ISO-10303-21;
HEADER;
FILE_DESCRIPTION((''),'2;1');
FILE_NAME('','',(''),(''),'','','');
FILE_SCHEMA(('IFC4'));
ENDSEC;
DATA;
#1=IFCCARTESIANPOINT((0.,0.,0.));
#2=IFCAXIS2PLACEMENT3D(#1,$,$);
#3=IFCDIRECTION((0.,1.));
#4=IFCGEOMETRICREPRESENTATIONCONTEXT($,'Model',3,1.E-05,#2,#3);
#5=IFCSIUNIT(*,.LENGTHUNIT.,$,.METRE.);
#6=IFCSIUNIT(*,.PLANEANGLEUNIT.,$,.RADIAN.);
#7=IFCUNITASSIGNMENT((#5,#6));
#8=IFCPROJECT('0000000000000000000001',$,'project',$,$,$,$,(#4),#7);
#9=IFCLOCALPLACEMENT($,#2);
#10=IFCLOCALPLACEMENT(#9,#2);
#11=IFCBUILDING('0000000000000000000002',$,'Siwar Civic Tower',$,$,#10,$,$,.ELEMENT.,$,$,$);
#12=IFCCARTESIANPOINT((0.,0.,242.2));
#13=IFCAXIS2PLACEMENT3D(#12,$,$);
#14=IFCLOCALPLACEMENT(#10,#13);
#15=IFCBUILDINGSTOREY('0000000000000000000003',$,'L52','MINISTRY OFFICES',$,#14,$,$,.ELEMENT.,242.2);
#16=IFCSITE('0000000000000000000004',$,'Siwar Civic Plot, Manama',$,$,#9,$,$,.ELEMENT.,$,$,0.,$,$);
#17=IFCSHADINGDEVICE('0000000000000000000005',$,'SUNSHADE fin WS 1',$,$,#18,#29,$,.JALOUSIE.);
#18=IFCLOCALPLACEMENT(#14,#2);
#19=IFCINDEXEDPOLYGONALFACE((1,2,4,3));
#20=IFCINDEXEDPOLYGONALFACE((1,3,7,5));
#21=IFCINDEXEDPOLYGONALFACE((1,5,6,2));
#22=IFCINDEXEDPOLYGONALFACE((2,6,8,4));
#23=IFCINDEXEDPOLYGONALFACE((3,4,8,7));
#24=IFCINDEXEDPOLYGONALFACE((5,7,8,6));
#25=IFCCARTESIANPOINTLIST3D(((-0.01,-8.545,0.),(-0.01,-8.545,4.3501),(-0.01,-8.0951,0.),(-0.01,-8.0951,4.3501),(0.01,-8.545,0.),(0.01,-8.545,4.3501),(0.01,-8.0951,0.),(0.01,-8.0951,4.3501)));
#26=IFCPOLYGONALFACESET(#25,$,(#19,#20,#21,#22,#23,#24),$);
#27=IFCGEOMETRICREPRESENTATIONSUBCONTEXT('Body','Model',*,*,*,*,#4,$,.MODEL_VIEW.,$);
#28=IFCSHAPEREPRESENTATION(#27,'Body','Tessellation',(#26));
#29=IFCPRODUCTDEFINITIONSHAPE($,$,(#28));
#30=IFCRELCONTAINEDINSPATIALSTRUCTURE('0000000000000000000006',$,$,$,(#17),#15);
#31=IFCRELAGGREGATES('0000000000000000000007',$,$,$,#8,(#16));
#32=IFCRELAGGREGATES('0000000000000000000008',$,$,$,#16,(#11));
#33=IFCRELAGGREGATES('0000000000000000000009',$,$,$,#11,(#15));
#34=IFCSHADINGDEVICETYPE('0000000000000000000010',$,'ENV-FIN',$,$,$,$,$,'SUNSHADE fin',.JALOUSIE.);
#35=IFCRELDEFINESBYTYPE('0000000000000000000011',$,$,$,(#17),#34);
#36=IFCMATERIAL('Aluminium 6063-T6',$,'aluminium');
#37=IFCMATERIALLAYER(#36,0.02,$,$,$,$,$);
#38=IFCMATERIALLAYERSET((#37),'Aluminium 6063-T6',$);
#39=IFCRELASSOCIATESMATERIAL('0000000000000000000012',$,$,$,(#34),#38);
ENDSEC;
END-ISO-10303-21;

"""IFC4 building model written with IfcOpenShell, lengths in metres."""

from ifc_helpers import new_model, si_unit, direction, frame, origin, origin_2d, place, context, subcontext, project, spatial, rectangle, extrude, material, layer, layer_set, type_object, element, save


model = new_model("IFC4")

# Units and contexts
model_context = context("Model", 3, precision=1e-05, world=origin(), true_north=direction((0.0, 1.0)))
body_context = subcontext(model_context, "Body", "Model", "MODEL_VIEW")
ifc_project = project(units=[si_unit("LENGTHUNIT", "METRE"), si_unit("PLANEANGLEUNIT", "RADIAN")], contexts=[model_context])

# Site, building, storey
site_placement = place(None, origin())
site = spatial("IfcSite", under=ifc_project, at=site_placement, Name="Siwar Civic Plot, Manama", CompositionType="ELEMENT", RefElevation=0.0)
building_placement = place(site_placement, origin())
building = spatial("IfcBuilding", under=site, at=building_placement, Name="Siwar Civic Tower", CompositionType="ELEMENT")
storey_placement = place(building_placement, frame((0.0, 0.0, 242.2)))
storey = spatial("IfcBuildingStorey", under=building, at=storey_placement, Name="L52", Description="MINISTRY OFFICES", CompositionType="ELEMENT", Elevation=242.2)

# Shading device
ifc_material_1 = material(Name="Aluminium 6063-T6", Category="aluminium")
ifc_layer_1 = layer(ifc_material_1, 0.02)
ifc_layer_set_1 = layer_set([ifc_layer_1], Name="Aluminium 6063-T6")
shading_device_type = type_object("IfcShadingDeviceType", Name="ENV-FIN", ElementType="SUNSHADE fin", PredefinedType="JALOUSIE", material=ifc_layer_set_1)
shading_device_placement = place(storey_placement, frame((0.0, -8.3201, 0.0), z_axis=(0.0, 0.0, 1.0), x_axis=(1.0, 0.0, 0.0)))
element("IfcShadingDevice", 1, at=shading_device_placement, inside=storey, type_object=shading_device_type, Name="SUNSHADE fin WS 1", PredefinedType="JALOUSIE", context=body_context, shape_type="SweptSolid", body=[
    extrude(rectangle(XDim=0.02, YDim=0.45, at=origin_2d()), origin(), (0.0, 0.0, 1.0), 4.3501),
])

save(model, "model.ifc")
